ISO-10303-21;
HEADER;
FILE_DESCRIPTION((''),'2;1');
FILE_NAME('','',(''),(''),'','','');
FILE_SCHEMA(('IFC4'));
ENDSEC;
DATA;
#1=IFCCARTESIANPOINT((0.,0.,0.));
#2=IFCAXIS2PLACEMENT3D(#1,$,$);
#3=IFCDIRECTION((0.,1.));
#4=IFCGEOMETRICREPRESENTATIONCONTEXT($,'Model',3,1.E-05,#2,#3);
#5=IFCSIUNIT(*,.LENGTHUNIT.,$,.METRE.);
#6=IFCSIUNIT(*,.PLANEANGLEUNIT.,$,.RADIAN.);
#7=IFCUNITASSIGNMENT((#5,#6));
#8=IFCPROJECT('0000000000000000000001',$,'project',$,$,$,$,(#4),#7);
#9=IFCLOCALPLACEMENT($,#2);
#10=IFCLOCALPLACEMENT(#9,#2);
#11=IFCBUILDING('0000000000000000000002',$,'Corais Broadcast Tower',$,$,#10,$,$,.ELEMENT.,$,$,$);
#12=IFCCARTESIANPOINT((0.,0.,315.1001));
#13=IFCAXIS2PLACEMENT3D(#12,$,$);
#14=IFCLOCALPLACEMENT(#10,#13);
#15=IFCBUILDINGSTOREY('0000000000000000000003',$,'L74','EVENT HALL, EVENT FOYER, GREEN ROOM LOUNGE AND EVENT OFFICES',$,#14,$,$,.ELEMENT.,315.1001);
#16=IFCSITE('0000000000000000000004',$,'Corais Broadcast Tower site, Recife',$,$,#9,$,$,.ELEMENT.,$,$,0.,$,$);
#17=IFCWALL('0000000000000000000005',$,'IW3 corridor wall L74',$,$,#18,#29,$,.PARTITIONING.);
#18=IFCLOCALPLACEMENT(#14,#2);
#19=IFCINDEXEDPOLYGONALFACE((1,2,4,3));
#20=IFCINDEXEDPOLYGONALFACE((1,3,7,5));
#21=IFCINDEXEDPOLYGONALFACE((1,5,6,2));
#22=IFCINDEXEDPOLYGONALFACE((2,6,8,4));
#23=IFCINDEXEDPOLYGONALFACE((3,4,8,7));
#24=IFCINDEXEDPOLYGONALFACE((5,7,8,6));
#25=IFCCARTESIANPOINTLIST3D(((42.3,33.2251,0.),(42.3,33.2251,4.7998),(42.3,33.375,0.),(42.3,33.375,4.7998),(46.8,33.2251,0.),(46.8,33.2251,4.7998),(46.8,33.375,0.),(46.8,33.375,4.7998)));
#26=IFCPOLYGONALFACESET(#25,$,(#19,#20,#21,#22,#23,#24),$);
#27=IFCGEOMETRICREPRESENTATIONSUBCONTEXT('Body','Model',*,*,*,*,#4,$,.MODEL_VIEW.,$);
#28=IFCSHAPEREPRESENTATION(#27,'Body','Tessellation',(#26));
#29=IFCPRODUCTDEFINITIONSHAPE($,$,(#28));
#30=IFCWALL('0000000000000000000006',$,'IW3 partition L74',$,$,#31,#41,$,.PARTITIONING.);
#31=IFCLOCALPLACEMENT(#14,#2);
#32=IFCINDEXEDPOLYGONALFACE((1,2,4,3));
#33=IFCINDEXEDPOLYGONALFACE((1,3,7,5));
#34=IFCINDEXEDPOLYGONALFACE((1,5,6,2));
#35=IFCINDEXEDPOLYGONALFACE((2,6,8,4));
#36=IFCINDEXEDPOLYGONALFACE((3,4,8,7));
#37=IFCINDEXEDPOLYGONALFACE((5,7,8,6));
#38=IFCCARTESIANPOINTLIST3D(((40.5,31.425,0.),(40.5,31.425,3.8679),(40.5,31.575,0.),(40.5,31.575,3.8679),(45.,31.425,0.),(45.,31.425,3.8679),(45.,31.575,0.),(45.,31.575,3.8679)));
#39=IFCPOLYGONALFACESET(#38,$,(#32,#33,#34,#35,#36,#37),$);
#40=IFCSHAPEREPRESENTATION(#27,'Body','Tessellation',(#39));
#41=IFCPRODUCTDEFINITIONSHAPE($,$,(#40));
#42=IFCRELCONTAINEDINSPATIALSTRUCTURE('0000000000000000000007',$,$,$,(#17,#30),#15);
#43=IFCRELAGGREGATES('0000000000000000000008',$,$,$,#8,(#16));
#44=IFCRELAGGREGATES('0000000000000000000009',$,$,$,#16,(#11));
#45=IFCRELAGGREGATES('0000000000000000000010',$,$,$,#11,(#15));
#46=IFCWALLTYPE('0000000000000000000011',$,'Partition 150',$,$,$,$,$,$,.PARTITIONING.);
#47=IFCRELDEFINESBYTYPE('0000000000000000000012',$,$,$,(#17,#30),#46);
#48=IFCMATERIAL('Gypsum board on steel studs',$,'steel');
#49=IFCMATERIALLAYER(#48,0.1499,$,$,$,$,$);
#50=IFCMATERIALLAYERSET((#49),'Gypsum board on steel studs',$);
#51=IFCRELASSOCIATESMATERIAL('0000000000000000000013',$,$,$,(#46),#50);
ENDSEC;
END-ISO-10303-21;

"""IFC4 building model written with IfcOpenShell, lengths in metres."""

from ifc_helpers import new_model, si_unit, direction, frame, frame_2d, origin, place, context, subcontext, project, spatial, rectangle, extrude, material, layer, layer_set, type_object, element, save


model = new_model("IFC4")

# Units and contexts
model_context = context("Model", 3, precision=1e-05, world=origin(), true_north=direction((0.0, 1.0)))
body_context = subcontext(model_context, "Body", "Model", "MODEL_VIEW")
ifc_project = project(units=[si_unit("LENGTHUNIT", "METRE"), si_unit("PLANEANGLEUNIT", "RADIAN")], contexts=[model_context])

# Site, building, storey
site_placement = place(None, origin())
site = spatial("IfcSite", under=ifc_project, at=site_placement, Name="Corais Broadcast Tower site, Recife", CompositionType="ELEMENT", RefElevation=0.0)
building_placement = place(site_placement, origin())
building = spatial("IfcBuilding", under=site, at=building_placement, Name="Corais Broadcast Tower", CompositionType="ELEMENT")
storey_placement = place(building_placement, frame((0.0, 0.0, 315.1001)))
storey = spatial("IfcBuildingStorey", under=building, at=storey_placement, Name="L74", Description="EVENT HALL, EVENT FOYER, GREEN ROOM LOUNGE AND EVENT OFFICES", CompositionType="ELEMENT", Elevation=315.1001)

# Walls
ifc_material_1 = material(Name="Gypsum board on steel studs", Category="steel")
ifc_layer_1 = layer(ifc_material_1, 0.1499)
ifc_layer_set_1 = layer_set([ifc_layer_1], Name="Gypsum board on steel studs")
wall_type = type_object("IfcWallType", Name="Partition 150", PredefinedType="PARTITIONING", material=ifc_layer_set_1)
wall_1_placement = place(storey_placement, frame((46.8, 33.3, 0.0), z_axis=(0.0, 0.0, 1.0), x_axis=(-1.0, 0.0, 0.0)))
element("IfcWall", 1, at=wall_1_placement, inside=storey, type_object=wall_type, Name="IW3 corridor wall L74", PredefinedType="PARTITIONING", context=body_context, shape_type="SweptSolid", body=[
    extrude(rectangle(XDim=4.5, YDim=0.1499, at=frame_2d((2.25, 0.0))), origin(), (0.0, 0.0, 1.0), 4.7998),
])
wall_2_placement = place(storey_placement, frame((45.0, 31.5, 0.0), z_axis=(0.0, 0.0, 1.0), x_axis=(-1.0, 0.0, 0.0)))
element("IfcWall", 2, at=wall_2_placement, inside=storey, type_object=wall_type, Name="IW3 partition L74", PredefinedType="PARTITIONING", context=body_context, shape_type="SweptSolid", body=[
    extrude(rectangle(XDim=4.5, YDim=0.1499, at=frame_2d((2.25, 0.0))), origin(), (0.0, 0.0, 1.0), 3.8679),
])

save(model, "model.ifc")
